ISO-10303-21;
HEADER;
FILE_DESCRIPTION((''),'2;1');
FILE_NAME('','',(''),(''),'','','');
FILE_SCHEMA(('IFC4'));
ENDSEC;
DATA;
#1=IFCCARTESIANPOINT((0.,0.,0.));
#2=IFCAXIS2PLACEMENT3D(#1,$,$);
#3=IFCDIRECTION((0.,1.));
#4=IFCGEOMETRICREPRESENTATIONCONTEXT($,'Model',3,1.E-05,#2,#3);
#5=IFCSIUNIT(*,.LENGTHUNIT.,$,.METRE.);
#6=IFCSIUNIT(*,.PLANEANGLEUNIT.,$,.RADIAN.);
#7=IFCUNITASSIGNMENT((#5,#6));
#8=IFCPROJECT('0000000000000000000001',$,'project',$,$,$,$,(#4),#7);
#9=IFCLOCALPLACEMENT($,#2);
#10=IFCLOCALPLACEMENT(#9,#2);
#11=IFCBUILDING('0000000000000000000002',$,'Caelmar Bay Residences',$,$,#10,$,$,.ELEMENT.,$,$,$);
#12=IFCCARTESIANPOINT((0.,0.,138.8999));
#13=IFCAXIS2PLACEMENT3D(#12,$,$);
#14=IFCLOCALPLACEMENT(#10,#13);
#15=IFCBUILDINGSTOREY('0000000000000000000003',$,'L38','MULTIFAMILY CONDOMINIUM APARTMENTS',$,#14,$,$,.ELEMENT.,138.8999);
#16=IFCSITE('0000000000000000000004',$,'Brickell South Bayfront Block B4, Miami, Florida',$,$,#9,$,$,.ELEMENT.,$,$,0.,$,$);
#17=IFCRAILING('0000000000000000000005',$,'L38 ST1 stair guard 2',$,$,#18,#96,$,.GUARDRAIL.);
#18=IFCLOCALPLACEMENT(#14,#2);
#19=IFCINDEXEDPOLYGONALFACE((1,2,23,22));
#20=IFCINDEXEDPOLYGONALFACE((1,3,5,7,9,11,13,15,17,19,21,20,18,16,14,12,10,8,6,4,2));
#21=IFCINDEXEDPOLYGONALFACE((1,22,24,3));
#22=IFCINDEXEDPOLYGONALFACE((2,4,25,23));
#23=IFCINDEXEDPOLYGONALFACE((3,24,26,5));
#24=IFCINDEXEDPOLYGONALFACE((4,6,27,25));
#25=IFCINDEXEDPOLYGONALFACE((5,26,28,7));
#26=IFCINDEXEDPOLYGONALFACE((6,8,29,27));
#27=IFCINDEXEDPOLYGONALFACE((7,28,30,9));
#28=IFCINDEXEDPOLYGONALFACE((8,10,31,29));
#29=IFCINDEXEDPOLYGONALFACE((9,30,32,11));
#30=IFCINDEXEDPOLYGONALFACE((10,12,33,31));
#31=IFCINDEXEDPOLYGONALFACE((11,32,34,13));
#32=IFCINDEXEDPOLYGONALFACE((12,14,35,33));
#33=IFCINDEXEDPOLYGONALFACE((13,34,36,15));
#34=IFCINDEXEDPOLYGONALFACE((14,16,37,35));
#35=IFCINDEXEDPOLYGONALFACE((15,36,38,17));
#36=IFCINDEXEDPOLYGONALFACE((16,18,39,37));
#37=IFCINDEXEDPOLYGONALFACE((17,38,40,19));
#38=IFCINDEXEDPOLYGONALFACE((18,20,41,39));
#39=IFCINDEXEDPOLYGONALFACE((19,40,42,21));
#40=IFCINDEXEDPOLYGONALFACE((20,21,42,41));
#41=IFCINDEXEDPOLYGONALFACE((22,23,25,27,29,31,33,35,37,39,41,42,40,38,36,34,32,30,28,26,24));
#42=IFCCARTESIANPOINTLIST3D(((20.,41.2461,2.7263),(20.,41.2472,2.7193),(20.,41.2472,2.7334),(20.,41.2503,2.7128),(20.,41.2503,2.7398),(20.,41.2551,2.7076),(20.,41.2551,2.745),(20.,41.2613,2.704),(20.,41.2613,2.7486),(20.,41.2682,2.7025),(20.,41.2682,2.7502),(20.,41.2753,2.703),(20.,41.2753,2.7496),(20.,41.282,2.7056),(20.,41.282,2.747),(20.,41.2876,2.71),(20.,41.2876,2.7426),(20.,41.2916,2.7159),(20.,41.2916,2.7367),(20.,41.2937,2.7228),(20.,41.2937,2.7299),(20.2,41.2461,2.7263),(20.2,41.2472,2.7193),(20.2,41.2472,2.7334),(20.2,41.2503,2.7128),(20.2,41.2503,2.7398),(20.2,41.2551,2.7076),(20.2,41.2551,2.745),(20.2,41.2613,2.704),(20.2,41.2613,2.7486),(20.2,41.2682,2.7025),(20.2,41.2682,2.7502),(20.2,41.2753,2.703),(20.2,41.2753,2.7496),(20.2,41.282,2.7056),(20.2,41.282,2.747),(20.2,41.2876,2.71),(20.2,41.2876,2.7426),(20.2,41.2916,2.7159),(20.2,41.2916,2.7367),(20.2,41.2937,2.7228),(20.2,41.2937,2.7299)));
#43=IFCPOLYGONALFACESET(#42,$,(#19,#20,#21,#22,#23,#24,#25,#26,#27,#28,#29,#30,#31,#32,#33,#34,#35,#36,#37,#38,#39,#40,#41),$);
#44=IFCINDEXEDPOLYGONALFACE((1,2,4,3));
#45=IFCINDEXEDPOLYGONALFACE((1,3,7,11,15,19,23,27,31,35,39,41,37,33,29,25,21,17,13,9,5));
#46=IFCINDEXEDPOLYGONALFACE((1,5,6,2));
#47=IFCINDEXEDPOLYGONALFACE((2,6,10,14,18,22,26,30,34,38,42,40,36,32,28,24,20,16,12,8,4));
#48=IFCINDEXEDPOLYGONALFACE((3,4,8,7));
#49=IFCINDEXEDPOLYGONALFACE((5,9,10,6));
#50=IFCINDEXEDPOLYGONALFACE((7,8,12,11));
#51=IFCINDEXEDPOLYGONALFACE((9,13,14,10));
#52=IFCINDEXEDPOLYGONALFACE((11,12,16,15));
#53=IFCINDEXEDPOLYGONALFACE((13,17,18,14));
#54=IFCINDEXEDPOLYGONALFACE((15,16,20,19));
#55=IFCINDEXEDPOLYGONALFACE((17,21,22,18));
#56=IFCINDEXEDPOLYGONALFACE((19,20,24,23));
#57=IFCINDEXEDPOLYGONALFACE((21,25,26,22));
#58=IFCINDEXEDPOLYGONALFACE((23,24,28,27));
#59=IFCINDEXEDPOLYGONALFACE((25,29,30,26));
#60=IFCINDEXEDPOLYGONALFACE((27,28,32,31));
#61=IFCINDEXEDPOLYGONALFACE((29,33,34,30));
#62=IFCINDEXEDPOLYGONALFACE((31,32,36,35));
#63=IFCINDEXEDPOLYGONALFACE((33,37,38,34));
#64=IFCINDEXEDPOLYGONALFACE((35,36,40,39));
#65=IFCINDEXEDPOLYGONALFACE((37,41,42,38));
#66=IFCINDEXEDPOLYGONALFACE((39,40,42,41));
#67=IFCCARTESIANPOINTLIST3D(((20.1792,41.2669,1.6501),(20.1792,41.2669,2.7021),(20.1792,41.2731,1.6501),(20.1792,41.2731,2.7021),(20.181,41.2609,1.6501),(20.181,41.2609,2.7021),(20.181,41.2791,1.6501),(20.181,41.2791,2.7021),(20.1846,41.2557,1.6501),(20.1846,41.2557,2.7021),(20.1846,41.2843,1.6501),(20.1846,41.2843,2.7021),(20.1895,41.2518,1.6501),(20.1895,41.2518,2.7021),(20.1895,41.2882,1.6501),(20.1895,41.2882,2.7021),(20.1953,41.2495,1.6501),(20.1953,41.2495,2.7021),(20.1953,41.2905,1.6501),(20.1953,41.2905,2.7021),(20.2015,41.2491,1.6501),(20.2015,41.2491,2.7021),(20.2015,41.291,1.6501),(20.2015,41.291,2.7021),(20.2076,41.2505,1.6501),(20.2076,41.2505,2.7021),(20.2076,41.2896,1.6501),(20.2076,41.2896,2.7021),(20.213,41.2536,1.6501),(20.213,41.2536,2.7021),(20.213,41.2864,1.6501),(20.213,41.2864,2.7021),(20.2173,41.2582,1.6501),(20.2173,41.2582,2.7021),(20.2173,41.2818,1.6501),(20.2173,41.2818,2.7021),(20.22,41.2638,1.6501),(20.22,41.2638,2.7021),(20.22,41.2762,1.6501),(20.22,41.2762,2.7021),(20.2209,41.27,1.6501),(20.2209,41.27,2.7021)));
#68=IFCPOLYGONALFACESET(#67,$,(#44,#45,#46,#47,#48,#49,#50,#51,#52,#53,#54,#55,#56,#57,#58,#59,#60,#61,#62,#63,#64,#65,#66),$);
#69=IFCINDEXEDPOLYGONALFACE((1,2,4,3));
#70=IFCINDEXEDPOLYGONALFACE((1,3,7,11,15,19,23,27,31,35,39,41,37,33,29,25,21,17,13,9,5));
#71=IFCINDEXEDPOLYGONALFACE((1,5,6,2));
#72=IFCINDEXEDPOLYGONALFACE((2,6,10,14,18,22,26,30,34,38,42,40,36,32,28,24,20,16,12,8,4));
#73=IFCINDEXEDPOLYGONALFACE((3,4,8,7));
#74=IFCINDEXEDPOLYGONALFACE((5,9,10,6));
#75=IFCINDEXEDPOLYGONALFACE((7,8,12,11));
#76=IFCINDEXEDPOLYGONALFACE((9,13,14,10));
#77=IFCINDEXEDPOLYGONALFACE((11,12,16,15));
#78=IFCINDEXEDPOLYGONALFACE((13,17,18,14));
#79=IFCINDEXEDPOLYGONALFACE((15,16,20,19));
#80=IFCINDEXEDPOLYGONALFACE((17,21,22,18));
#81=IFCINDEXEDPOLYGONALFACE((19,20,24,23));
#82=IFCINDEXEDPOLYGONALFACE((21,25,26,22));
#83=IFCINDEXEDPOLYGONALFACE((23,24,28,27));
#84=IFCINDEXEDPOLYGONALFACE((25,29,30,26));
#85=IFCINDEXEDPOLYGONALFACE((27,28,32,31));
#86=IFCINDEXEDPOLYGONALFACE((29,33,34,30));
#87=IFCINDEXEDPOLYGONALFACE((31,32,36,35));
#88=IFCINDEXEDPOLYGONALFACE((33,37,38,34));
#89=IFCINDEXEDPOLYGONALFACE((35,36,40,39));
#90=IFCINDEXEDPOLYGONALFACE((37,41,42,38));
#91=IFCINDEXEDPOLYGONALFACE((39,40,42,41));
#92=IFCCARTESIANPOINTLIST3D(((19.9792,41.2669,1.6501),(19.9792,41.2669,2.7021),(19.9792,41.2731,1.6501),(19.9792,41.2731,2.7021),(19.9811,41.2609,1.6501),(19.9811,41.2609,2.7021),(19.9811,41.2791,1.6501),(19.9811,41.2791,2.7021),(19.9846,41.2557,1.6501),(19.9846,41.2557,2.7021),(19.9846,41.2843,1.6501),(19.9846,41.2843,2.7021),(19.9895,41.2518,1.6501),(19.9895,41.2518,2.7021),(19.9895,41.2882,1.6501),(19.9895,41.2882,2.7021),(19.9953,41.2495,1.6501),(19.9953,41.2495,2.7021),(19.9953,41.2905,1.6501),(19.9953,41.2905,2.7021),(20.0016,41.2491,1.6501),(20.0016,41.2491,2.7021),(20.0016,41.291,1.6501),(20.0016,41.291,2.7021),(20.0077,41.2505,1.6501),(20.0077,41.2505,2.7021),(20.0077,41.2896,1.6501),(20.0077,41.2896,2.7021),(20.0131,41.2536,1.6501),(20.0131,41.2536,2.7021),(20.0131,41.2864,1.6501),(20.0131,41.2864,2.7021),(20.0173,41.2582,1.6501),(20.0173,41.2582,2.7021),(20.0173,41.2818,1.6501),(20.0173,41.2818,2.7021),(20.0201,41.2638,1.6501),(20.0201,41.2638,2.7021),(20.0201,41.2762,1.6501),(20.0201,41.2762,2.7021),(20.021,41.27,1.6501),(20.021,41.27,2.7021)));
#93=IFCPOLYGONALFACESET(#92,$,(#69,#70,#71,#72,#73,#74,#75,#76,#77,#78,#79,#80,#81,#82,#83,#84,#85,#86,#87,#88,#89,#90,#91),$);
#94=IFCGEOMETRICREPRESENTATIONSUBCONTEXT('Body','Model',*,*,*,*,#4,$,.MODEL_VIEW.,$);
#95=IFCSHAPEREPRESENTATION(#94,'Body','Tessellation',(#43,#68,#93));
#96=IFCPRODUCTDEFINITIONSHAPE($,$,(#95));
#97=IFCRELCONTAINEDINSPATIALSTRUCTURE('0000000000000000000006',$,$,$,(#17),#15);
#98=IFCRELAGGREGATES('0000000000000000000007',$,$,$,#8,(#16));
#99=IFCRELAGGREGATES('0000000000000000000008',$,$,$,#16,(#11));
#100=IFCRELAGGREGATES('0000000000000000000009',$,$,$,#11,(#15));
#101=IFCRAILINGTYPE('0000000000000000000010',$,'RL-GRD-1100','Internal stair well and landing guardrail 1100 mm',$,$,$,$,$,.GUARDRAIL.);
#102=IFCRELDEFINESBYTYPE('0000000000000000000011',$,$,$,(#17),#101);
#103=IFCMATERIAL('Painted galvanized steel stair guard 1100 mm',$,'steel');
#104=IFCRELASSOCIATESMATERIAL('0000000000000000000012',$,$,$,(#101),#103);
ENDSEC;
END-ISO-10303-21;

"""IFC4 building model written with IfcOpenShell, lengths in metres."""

from ifc_helpers import new_model, si_unit, direction, frame, origin, origin_2d, place, context, subcontext, project, spatial, circle, extrude, material, type_object, element, save


model = new_model("IFC4")

# Units and contexts
model_context = context("Model", 3, precision=1e-05, world=origin(), true_north=direction((0.0, 1.0)))
body_context = subcontext(model_context, "Body", "Model", "MODEL_VIEW")
ifc_project = project(units=[si_unit("LENGTHUNIT", "METRE"), si_unit("PLANEANGLEUNIT", "RADIAN")], contexts=[model_context])

# Site, building, storey
site_placement = place(None, origin())
site = spatial("IfcSite", under=ifc_project, at=site_placement, Name="Brickell South Bayfront Block B4, Miami, Florida", CompositionType="ELEMENT", RefElevation=0.0)
building_placement = place(site_placement, origin())
building = spatial("IfcBuilding", under=site, at=building_placement, Name="Caelmar Bay Residences", CompositionType="ELEMENT")
storey_placement = place(building_placement, frame((0.0, 0.0, 138.8999)))
storey = spatial("IfcBuildingStorey", under=building, at=storey_placement, Name="L38", Description="MULTIFAMILY CONDOMINIUM APARTMENTS", CompositionType="ELEMENT", Elevation=138.8999)

# Railing
ifc_material_1 = material(Name="Painted galvanized steel stair guard 1100 mm", Category="steel")
railing_type_1 = type_object("IfcRailingType", Name="RL-GRD-1100", Description="Internal stair well and landing guardrail 1100 mm", PredefinedType="GUARDRAIL", material=ifc_material_1)
railing_1_placement = place(storey_placement, frame((20.2, 41.27, 1.6501)))
element("IfcRailing", 1, at=railing_1_placement, inside=storey, type_object=railing_type_1, Name="L38 ST1 stair guard 2", PredefinedType="GUARDRAIL", context=body_context, shape_type="SweptSolid", body=[
    extrude(circle(Radius=0.0239, at=origin_2d()), frame((0.0, 0.0, 1.0762), z_axis=(-1.0, 0.0, 0.0), x_axis=(0.0, -1.0, 0.0)), (0.0, 0.0, 1.0), 0.2),
    extrude(circle(Radius=0.021, at=origin_2d()), origin(), (0.0, 0.0, 1.0), 1.052),
    extrude(circle(Radius=0.021, at=origin_2d()), frame((-0.2, 0.0, 0.0)), (0.0, 0.0, 1.0), 1.052),
])

save(model, "model.ifc")
